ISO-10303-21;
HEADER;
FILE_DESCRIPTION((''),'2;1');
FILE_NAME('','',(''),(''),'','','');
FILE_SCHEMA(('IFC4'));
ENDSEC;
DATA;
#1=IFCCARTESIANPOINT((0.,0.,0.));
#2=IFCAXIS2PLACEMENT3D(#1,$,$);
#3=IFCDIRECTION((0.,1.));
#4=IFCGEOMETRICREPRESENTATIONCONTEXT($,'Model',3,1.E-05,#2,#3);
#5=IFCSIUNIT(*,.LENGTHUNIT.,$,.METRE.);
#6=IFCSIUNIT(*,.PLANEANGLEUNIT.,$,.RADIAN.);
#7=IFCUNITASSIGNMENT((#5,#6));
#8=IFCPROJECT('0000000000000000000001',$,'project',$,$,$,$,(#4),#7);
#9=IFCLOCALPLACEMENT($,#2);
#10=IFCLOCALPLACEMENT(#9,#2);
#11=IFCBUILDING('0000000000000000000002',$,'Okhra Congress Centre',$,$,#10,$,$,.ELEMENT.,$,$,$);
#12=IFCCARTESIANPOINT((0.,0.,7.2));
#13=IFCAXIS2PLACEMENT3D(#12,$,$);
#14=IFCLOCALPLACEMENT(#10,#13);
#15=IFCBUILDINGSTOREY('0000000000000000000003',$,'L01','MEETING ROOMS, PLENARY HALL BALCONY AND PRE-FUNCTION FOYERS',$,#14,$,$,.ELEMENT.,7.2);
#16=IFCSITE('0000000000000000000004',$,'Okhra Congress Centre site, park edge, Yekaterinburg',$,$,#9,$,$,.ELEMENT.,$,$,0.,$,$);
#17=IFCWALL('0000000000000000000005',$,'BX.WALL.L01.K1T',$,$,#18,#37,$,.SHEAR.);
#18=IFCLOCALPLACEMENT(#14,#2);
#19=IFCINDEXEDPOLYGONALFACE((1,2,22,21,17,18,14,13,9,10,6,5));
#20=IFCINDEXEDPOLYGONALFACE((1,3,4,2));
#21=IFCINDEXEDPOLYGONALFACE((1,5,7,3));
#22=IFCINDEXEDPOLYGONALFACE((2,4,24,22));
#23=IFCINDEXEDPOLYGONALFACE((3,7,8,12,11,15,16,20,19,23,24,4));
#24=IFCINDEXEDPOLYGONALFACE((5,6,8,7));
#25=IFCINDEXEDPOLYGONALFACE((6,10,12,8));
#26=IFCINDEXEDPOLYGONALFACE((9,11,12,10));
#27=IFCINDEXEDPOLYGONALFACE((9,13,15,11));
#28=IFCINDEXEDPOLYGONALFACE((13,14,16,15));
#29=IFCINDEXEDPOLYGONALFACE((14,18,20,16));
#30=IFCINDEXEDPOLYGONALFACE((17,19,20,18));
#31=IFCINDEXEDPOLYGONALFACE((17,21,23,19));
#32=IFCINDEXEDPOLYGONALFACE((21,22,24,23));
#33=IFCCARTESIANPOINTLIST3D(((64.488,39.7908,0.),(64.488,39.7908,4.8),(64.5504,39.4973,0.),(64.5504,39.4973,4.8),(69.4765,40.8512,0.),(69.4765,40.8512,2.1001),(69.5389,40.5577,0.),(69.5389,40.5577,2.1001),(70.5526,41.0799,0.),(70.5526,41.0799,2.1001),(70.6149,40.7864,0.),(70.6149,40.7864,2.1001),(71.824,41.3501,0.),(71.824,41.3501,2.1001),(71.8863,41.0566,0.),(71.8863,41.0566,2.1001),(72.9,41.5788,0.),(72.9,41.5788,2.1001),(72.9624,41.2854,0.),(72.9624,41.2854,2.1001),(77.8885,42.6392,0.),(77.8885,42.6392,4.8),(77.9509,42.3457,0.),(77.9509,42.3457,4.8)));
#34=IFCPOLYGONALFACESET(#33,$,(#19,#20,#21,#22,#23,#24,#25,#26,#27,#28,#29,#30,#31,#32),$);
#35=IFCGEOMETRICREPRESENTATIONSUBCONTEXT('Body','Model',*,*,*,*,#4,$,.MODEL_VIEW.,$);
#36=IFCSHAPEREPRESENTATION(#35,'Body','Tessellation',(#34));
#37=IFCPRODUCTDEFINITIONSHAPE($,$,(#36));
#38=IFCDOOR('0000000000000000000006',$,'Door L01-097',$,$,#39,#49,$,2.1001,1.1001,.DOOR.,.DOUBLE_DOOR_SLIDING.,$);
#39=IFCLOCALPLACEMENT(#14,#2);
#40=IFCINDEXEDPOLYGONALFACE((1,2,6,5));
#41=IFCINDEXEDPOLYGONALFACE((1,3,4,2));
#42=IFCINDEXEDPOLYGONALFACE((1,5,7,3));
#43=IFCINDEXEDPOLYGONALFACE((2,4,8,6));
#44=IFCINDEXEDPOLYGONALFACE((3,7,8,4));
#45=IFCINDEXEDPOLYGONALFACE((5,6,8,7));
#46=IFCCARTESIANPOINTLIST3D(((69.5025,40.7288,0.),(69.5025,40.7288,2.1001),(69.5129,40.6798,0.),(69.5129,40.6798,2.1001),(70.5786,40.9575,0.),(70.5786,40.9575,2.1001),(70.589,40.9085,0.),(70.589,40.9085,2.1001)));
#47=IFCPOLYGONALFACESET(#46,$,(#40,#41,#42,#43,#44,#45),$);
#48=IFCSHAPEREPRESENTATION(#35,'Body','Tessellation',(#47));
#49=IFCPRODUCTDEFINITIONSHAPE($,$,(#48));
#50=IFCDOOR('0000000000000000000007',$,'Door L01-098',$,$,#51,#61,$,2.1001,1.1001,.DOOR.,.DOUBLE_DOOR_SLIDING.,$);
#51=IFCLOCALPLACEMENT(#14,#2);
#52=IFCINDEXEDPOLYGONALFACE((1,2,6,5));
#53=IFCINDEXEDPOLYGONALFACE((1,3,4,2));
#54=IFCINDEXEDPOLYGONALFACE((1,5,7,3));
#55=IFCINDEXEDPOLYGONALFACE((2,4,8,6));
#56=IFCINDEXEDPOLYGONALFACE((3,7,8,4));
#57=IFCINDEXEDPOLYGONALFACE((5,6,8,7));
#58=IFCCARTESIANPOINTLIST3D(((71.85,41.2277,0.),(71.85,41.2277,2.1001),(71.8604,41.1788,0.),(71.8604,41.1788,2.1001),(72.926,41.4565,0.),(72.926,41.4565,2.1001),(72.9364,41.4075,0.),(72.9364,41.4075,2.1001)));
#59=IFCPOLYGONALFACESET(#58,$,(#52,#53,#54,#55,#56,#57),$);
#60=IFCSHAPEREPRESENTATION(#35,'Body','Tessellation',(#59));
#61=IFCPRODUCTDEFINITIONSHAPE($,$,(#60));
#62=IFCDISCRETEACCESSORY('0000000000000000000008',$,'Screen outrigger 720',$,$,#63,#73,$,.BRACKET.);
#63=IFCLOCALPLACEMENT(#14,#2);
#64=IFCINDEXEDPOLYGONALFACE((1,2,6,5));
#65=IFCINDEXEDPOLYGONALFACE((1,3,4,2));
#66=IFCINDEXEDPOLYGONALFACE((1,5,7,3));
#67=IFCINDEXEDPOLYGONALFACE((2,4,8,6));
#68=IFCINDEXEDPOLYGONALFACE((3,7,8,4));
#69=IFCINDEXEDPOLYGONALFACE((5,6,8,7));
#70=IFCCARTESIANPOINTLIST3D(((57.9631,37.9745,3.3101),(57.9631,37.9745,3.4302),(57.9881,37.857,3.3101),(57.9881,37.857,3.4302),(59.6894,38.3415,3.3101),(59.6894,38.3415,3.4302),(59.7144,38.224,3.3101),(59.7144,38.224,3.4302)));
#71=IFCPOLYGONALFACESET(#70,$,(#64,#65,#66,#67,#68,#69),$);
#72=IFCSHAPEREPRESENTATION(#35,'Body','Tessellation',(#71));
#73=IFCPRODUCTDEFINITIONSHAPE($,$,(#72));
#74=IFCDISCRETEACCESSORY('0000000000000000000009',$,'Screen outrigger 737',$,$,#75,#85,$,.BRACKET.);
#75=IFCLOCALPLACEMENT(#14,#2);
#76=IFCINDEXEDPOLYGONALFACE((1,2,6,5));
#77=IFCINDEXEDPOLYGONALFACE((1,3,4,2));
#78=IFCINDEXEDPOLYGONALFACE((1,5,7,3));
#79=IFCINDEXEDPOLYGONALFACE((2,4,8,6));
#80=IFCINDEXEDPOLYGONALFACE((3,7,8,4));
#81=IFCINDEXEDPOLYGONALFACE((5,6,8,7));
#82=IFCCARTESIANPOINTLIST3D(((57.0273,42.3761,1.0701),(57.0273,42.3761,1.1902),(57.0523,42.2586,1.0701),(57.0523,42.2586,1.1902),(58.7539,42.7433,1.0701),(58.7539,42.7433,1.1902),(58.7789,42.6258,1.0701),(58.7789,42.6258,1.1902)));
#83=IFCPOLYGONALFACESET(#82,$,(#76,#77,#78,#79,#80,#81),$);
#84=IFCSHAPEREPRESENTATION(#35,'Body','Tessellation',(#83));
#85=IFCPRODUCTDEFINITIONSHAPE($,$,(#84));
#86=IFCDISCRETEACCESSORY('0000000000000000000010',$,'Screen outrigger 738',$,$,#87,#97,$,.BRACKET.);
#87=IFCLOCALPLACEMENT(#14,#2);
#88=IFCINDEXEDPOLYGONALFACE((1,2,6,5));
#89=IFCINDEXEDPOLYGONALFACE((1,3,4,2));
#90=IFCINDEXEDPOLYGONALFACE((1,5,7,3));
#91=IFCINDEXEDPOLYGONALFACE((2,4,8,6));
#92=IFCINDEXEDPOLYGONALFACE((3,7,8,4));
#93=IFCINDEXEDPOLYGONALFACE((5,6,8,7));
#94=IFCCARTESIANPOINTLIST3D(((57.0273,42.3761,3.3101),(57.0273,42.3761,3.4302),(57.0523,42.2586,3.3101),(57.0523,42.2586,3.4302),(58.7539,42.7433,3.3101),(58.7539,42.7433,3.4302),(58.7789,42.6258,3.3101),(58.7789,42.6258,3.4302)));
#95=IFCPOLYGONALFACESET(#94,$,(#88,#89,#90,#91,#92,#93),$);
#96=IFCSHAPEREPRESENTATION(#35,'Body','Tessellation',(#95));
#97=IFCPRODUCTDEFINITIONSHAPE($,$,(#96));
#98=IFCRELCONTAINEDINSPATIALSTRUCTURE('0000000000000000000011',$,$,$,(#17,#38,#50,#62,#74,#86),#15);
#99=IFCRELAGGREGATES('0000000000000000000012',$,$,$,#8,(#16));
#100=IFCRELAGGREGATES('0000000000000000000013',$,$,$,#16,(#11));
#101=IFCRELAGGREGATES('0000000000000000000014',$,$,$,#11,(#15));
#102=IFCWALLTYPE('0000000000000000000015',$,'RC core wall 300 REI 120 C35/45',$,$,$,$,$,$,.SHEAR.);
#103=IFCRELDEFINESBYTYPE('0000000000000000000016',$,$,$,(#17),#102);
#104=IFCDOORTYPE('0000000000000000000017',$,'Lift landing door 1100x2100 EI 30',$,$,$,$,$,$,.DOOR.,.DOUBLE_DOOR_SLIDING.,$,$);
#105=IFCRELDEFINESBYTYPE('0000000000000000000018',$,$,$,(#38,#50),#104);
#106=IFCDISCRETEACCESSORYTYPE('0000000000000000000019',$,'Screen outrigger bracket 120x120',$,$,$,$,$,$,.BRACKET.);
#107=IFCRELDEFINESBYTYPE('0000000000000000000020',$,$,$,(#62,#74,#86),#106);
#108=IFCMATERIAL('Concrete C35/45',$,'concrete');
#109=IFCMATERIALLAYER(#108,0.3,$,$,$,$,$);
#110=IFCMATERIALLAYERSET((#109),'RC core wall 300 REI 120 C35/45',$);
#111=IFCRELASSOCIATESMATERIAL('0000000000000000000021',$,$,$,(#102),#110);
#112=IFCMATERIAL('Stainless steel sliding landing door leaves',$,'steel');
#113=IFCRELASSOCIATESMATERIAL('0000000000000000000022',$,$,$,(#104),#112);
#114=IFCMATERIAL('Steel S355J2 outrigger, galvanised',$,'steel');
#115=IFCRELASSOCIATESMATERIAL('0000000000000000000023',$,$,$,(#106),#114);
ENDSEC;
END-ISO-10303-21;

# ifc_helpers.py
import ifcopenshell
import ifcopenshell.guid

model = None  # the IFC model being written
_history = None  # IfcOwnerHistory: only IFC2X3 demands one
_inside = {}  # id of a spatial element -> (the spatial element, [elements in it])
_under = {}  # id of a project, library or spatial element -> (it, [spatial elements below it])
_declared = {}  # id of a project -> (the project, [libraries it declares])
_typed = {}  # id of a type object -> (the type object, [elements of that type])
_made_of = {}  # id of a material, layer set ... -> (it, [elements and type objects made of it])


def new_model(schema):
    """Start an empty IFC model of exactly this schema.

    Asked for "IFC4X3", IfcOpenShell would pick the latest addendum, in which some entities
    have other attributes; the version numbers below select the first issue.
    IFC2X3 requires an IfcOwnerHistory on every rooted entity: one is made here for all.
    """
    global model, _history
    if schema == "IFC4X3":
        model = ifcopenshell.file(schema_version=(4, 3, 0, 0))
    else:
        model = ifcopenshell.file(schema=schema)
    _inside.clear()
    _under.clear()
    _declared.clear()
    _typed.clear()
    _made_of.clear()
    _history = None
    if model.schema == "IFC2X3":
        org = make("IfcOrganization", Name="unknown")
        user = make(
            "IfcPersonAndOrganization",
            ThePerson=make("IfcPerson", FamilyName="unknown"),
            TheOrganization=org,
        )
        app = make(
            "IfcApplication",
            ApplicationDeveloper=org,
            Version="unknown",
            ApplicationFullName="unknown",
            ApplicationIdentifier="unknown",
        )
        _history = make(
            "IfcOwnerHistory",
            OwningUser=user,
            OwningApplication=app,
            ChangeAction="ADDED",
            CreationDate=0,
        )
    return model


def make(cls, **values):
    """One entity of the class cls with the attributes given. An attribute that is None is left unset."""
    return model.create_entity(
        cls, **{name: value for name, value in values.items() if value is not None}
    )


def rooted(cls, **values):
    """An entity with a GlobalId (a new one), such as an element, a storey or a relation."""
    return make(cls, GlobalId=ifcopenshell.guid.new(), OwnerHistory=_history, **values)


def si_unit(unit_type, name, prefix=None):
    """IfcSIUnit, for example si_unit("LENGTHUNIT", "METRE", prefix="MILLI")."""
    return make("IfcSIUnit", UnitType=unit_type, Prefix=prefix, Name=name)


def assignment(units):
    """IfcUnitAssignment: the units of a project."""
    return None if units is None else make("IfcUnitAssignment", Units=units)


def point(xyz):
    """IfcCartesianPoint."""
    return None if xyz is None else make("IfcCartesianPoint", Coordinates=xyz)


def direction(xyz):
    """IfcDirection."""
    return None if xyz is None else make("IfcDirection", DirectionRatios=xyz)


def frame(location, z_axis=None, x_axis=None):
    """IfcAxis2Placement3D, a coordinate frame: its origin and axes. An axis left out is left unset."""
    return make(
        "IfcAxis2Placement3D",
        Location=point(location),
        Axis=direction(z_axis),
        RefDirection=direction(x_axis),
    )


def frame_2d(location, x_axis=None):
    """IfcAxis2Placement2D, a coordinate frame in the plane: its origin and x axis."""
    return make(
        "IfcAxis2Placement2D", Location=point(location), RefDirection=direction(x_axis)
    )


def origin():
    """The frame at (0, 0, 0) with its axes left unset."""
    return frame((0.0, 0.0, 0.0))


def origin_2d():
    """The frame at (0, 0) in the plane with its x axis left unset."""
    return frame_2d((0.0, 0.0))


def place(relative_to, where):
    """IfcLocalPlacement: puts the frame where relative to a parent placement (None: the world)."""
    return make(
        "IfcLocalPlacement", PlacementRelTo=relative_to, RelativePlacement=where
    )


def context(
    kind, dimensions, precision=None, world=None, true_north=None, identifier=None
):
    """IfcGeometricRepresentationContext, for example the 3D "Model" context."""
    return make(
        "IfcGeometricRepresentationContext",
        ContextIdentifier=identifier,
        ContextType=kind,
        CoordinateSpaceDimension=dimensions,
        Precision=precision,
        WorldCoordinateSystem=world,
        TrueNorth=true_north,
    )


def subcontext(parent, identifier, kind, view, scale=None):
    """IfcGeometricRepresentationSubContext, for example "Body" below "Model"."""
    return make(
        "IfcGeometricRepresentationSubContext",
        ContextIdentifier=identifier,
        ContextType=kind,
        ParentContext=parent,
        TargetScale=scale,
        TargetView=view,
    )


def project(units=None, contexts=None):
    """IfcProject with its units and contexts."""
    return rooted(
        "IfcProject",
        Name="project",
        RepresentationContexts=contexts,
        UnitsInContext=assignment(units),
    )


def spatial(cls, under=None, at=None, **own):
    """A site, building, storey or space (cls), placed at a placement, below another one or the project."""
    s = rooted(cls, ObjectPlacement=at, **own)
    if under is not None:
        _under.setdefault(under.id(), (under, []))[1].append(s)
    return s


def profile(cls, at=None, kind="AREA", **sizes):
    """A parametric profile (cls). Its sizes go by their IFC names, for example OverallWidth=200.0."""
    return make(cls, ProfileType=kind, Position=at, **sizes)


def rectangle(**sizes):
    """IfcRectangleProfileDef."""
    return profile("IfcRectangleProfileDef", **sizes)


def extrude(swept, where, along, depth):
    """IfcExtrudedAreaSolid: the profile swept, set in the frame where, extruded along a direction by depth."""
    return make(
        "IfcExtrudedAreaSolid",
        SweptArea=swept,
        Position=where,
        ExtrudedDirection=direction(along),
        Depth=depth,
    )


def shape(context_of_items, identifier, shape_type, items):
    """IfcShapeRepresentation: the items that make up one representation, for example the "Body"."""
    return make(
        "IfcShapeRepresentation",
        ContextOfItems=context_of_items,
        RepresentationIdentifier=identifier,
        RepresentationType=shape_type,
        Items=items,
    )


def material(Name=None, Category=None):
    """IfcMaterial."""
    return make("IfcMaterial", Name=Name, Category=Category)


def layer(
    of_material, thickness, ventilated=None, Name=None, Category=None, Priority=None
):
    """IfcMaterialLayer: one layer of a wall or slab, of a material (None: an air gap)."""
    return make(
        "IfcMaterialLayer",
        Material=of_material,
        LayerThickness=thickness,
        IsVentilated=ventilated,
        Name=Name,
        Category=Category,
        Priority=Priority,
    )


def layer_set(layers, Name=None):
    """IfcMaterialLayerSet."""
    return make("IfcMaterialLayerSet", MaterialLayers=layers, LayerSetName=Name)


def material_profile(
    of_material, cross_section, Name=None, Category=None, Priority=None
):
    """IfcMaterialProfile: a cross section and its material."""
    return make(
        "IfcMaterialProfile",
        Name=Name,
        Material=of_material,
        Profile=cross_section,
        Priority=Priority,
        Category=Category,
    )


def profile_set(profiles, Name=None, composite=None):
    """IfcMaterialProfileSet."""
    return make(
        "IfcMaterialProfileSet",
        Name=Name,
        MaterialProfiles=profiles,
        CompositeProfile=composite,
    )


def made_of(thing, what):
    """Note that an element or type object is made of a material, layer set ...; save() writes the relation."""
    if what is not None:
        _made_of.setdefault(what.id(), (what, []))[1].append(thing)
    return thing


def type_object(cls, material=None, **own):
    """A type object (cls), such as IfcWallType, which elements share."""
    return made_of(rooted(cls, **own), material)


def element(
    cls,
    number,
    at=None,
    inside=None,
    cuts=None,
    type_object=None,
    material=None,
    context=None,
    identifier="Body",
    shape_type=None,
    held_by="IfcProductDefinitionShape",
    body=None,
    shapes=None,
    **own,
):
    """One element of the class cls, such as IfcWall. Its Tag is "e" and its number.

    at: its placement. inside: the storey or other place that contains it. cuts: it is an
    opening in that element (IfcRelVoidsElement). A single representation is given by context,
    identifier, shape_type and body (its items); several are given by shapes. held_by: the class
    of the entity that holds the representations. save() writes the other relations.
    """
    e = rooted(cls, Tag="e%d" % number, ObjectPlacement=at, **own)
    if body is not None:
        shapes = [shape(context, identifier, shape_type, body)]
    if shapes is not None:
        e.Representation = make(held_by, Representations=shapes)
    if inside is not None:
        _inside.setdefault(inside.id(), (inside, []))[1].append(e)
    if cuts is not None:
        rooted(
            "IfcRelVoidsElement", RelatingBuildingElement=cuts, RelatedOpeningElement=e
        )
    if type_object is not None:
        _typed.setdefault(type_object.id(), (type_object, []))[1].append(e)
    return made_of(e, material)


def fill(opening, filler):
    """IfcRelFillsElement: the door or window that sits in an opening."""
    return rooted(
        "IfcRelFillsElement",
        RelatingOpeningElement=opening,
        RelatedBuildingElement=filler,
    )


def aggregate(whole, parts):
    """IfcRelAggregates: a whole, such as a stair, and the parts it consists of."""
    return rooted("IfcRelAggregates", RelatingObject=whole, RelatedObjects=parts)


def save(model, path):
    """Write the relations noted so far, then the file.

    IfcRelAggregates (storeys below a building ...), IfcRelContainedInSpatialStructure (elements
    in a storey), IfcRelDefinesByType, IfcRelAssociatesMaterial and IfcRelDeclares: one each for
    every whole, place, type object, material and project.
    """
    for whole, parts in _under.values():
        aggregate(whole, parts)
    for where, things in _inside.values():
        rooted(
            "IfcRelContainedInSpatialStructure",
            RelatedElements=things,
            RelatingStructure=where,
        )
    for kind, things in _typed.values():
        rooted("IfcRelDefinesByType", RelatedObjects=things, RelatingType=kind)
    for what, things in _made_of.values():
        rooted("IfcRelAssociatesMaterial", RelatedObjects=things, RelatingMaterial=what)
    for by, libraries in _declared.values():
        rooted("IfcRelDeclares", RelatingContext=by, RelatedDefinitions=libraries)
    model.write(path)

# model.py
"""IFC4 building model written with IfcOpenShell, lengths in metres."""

from ifc_helpers import new_model, si_unit, direction, frame, frame_2d, origin, origin_2d, place, context, subcontext, project, spatial, rectangle, extrude, material, layer, layer_set, material_profile, profile_set, type_object, element, fill, save


model = new_model("IFC4")

# Units and contexts
model_context = context("Model", 3, precision=1e-05, world=origin(), true_north=direction((0.0, 1.0)))
body_context = subcontext(model_context, "Body", "Model", "MODEL_VIEW")
ifc_project = project(units=[si_unit("LENGTHUNIT", "METRE"), si_unit("PLANEANGLEUNIT", "RADIAN")], contexts=[model_context])

# Site, building, storey
site_placement = place(None, origin())
site = spatial("IfcSite", under=ifc_project, at=site_placement, Name="Okhra Congress Centre site, park edge, Yekaterinburg", CompositionType="ELEMENT", RefElevation=0.0)
building_placement = place(site_placement, origin())
building = spatial("IfcBuilding", under=site, at=building_placement, Name="Okhra Congress Centre", CompositionType="ELEMENT")
storey_placement = place(building_placement, frame((0.0, 0.0, 7.2)))
storey = spatial("IfcBuildingStorey", under=building, at=storey_placement, Name="L01", Description="MEETING ROOMS, PLENARY HALL BALCONY AND PRE-FUNCTION FOYERS", CompositionType="ELEMENT", Elevation=7.2)

# Wall, openings, doors
ifc_material_1 = material(Name="Concrete C35/45", Category="concrete")
ifc_layer_1 = layer(ifc_material_1, 0.3)
ifc_layer_set_1 = layer_set([ifc_layer_1], Name="RC core wall 300 REI 120 C35/45")
wall_type_1 = type_object("IfcWallType", Name="RC core wall 300 REI 120 C35/45", PredefinedType="SHEAR", material=ifc_layer_set_1)
wall_1_placement = place(storey_placement, frame((64.519, 39.644, 0.0), z_axis=(0.0, 0.0, 1.0), x_axis=(0.978148, 0.207911, 0.0)))
wall_1 = element("IfcWall", 1, at=wall_1_placement, inside=storey, type_object=wall_type_1, Name="BX.WALL.L01.K1T", PredefinedType="SHEAR", context=body_context, shape_type="SweptSolid", body=[
    extrude(rectangle(XDim=13.7, YDim=0.3, at=frame_2d((6.8501, 0.0))), origin(), (0.0, 0.0, 1.0), 4.8),
])
opening_1_placement = place(wall_1_placement, frame((5.1001, 0.0, 0.0)))
opening_1 = element("IfcOpeningElement", 2, at=opening_1_placement, cuts=wall_1, PredefinedType="OPENING", context=body_context, shape_type="SweptSolid", body=[
    extrude(rectangle(XDim=1.1001, YDim=2.1001, at=frame_2d((0.55, 1.05))), frame((0.0, 0.1599, 0.0), z_axis=(0.0, -1.0, 0.0), x_axis=(1.0, 0.0, 0.0)), (0.0, 0.0, 1.0), 0.3201),
])
opening_2_placement = place(wall_1_placement, frame((7.5, 0.0, 0.0)))
opening_2 = element("IfcOpeningElement", 3, at=opening_2_placement, cuts=wall_1, PredefinedType="OPENING", context=body_context, shape_type="SweptSolid", body=[
    extrude(rectangle(XDim=1.1001, YDim=2.1001, at=frame_2d((0.55, 1.05))), frame((0.0, 0.1599, 0.0), z_axis=(0.0, -1.0, 0.0), x_axis=(1.0, 0.0, 0.0)), (0.0, 0.0, 1.0), 0.3201),
])
ifc_material_2 = material(Name="Stainless steel sliding landing door leaves", Category="steel")
door_type_1 = type_object("IfcDoorType", Name="Lift landing door 1100x2100 EI 30", OperationType="DOUBLE_DOOR_SLIDING", PredefinedType="DOOR", material=ifc_material_2)
door_1_placement = place(opening_1_placement, origin())
door_1 = element("IfcDoor", 4, at=door_1_placement, inside=storey, type_object=door_type_1, Name="Door L01-097", OperationType="DOUBLE_DOOR_SLIDING", OverallHeight=2.1001, OverallWidth=1.1001, PredefinedType="DOOR", context=body_context, shape_type="SweptSolid", body=[
    extrude(rectangle(XDim=1.1001, YDim=2.1001, at=frame_2d((0.55, 1.05))), frame((0.0, 0.0249, 0.0), z_axis=(0.0, -1.0, 0.0), x_axis=(1.0, 0.0, 0.0)), (0.0, 0.0, 1.0), 0.05),
])
fill(opening_1, door_1)
door_2_placement = place(opening_2_placement, origin())
door_2 = element("IfcDoor", 5, at=door_2_placement, inside=storey, type_object=door_type_1, Name="Door L01-098", OperationType="DOUBLE_DOOR_SLIDING", OverallHeight=2.1001, OverallWidth=1.1001, PredefinedType="DOOR", context=body_context, shape_type="SweptSolid", body=[
    extrude(rectangle(XDim=1.1001, YDim=2.1001, at=frame_2d((0.55, 1.05))), frame((0.0, 0.0249, 0.0), z_axis=(0.0, -1.0, 0.0), x_axis=(1.0, 0.0, 0.0)), (0.0, 0.0, 1.0), 0.05),
])
fill(opening_2, door_2)

# Discrete accessories
ifc_material_3 = material(Name="Steel S355J2 outrigger, galvanised", Category="steel")
ifc_material_profile_1 = material_profile(ifc_material_3, rectangle(XDim=0.1201, YDim=0.1201, at=origin_2d()), Name="Screen outrigger bracket 120x120")
ifc_profile_set_1 = profile_set([ifc_material_profile_1], Name="Steel S355J2 outrigger, galvanised")
discrete_accessory_type = type_object("IfcDiscreteAccessoryType", Name="Screen outrigger bracket 120x120", PredefinedType="BRACKET", material=ifc_profile_set_1)
discrete_accessory_placement = place(storey_placement, frame((59.7019, 38.2827, 3.3701), z_axis=(-0.978147, -0.207913, 0.0), x_axis=(0.207913, -0.978147, 0.0)))
element("IfcDiscreteAccessory", 6, at=discrete_accessory_placement, inside=storey, type_object=discrete_accessory_type, Name="Screen outrigger 720", PredefinedType="BRACKET", context=body_context, shape_type="SweptSolid", body=[
    extrude(rectangle(XDim=0.1201, YDim=0.1201, at=origin_2d()), origin(), (0.0, 0.0, 1.0), 1.7649),
])
for number, where, z_axis, x_axis, name in (
    (7, (58.7664, 42.6846, 1.1301), (-0.978125, -0.208018, 0.0), (0.208018, -0.978125, 0.0), "Screen outrigger 737"),
    (8, (58.7664, 42.6846, 3.3701), (-0.978125, -0.208018, 0.0), (0.208018, -0.978125, 0.0), "Screen outrigger 738"),
):
    element("IfcDiscreteAccessory", number, at=place(storey_placement, frame(where, z_axis=z_axis, x_axis=x_axis)), inside=storey, type_object=discrete_accessory_type, Name=name, PredefinedType="BRACKET", context=body_context, shape_type="SweptSolid", body=[
        extrude(rectangle(XDim=0.1201, YDim=0.1201, at=origin_2d()), origin(), (0.0, 0.0, 1.0), 1.7651),
    ])

save(model, "model.ifc")
